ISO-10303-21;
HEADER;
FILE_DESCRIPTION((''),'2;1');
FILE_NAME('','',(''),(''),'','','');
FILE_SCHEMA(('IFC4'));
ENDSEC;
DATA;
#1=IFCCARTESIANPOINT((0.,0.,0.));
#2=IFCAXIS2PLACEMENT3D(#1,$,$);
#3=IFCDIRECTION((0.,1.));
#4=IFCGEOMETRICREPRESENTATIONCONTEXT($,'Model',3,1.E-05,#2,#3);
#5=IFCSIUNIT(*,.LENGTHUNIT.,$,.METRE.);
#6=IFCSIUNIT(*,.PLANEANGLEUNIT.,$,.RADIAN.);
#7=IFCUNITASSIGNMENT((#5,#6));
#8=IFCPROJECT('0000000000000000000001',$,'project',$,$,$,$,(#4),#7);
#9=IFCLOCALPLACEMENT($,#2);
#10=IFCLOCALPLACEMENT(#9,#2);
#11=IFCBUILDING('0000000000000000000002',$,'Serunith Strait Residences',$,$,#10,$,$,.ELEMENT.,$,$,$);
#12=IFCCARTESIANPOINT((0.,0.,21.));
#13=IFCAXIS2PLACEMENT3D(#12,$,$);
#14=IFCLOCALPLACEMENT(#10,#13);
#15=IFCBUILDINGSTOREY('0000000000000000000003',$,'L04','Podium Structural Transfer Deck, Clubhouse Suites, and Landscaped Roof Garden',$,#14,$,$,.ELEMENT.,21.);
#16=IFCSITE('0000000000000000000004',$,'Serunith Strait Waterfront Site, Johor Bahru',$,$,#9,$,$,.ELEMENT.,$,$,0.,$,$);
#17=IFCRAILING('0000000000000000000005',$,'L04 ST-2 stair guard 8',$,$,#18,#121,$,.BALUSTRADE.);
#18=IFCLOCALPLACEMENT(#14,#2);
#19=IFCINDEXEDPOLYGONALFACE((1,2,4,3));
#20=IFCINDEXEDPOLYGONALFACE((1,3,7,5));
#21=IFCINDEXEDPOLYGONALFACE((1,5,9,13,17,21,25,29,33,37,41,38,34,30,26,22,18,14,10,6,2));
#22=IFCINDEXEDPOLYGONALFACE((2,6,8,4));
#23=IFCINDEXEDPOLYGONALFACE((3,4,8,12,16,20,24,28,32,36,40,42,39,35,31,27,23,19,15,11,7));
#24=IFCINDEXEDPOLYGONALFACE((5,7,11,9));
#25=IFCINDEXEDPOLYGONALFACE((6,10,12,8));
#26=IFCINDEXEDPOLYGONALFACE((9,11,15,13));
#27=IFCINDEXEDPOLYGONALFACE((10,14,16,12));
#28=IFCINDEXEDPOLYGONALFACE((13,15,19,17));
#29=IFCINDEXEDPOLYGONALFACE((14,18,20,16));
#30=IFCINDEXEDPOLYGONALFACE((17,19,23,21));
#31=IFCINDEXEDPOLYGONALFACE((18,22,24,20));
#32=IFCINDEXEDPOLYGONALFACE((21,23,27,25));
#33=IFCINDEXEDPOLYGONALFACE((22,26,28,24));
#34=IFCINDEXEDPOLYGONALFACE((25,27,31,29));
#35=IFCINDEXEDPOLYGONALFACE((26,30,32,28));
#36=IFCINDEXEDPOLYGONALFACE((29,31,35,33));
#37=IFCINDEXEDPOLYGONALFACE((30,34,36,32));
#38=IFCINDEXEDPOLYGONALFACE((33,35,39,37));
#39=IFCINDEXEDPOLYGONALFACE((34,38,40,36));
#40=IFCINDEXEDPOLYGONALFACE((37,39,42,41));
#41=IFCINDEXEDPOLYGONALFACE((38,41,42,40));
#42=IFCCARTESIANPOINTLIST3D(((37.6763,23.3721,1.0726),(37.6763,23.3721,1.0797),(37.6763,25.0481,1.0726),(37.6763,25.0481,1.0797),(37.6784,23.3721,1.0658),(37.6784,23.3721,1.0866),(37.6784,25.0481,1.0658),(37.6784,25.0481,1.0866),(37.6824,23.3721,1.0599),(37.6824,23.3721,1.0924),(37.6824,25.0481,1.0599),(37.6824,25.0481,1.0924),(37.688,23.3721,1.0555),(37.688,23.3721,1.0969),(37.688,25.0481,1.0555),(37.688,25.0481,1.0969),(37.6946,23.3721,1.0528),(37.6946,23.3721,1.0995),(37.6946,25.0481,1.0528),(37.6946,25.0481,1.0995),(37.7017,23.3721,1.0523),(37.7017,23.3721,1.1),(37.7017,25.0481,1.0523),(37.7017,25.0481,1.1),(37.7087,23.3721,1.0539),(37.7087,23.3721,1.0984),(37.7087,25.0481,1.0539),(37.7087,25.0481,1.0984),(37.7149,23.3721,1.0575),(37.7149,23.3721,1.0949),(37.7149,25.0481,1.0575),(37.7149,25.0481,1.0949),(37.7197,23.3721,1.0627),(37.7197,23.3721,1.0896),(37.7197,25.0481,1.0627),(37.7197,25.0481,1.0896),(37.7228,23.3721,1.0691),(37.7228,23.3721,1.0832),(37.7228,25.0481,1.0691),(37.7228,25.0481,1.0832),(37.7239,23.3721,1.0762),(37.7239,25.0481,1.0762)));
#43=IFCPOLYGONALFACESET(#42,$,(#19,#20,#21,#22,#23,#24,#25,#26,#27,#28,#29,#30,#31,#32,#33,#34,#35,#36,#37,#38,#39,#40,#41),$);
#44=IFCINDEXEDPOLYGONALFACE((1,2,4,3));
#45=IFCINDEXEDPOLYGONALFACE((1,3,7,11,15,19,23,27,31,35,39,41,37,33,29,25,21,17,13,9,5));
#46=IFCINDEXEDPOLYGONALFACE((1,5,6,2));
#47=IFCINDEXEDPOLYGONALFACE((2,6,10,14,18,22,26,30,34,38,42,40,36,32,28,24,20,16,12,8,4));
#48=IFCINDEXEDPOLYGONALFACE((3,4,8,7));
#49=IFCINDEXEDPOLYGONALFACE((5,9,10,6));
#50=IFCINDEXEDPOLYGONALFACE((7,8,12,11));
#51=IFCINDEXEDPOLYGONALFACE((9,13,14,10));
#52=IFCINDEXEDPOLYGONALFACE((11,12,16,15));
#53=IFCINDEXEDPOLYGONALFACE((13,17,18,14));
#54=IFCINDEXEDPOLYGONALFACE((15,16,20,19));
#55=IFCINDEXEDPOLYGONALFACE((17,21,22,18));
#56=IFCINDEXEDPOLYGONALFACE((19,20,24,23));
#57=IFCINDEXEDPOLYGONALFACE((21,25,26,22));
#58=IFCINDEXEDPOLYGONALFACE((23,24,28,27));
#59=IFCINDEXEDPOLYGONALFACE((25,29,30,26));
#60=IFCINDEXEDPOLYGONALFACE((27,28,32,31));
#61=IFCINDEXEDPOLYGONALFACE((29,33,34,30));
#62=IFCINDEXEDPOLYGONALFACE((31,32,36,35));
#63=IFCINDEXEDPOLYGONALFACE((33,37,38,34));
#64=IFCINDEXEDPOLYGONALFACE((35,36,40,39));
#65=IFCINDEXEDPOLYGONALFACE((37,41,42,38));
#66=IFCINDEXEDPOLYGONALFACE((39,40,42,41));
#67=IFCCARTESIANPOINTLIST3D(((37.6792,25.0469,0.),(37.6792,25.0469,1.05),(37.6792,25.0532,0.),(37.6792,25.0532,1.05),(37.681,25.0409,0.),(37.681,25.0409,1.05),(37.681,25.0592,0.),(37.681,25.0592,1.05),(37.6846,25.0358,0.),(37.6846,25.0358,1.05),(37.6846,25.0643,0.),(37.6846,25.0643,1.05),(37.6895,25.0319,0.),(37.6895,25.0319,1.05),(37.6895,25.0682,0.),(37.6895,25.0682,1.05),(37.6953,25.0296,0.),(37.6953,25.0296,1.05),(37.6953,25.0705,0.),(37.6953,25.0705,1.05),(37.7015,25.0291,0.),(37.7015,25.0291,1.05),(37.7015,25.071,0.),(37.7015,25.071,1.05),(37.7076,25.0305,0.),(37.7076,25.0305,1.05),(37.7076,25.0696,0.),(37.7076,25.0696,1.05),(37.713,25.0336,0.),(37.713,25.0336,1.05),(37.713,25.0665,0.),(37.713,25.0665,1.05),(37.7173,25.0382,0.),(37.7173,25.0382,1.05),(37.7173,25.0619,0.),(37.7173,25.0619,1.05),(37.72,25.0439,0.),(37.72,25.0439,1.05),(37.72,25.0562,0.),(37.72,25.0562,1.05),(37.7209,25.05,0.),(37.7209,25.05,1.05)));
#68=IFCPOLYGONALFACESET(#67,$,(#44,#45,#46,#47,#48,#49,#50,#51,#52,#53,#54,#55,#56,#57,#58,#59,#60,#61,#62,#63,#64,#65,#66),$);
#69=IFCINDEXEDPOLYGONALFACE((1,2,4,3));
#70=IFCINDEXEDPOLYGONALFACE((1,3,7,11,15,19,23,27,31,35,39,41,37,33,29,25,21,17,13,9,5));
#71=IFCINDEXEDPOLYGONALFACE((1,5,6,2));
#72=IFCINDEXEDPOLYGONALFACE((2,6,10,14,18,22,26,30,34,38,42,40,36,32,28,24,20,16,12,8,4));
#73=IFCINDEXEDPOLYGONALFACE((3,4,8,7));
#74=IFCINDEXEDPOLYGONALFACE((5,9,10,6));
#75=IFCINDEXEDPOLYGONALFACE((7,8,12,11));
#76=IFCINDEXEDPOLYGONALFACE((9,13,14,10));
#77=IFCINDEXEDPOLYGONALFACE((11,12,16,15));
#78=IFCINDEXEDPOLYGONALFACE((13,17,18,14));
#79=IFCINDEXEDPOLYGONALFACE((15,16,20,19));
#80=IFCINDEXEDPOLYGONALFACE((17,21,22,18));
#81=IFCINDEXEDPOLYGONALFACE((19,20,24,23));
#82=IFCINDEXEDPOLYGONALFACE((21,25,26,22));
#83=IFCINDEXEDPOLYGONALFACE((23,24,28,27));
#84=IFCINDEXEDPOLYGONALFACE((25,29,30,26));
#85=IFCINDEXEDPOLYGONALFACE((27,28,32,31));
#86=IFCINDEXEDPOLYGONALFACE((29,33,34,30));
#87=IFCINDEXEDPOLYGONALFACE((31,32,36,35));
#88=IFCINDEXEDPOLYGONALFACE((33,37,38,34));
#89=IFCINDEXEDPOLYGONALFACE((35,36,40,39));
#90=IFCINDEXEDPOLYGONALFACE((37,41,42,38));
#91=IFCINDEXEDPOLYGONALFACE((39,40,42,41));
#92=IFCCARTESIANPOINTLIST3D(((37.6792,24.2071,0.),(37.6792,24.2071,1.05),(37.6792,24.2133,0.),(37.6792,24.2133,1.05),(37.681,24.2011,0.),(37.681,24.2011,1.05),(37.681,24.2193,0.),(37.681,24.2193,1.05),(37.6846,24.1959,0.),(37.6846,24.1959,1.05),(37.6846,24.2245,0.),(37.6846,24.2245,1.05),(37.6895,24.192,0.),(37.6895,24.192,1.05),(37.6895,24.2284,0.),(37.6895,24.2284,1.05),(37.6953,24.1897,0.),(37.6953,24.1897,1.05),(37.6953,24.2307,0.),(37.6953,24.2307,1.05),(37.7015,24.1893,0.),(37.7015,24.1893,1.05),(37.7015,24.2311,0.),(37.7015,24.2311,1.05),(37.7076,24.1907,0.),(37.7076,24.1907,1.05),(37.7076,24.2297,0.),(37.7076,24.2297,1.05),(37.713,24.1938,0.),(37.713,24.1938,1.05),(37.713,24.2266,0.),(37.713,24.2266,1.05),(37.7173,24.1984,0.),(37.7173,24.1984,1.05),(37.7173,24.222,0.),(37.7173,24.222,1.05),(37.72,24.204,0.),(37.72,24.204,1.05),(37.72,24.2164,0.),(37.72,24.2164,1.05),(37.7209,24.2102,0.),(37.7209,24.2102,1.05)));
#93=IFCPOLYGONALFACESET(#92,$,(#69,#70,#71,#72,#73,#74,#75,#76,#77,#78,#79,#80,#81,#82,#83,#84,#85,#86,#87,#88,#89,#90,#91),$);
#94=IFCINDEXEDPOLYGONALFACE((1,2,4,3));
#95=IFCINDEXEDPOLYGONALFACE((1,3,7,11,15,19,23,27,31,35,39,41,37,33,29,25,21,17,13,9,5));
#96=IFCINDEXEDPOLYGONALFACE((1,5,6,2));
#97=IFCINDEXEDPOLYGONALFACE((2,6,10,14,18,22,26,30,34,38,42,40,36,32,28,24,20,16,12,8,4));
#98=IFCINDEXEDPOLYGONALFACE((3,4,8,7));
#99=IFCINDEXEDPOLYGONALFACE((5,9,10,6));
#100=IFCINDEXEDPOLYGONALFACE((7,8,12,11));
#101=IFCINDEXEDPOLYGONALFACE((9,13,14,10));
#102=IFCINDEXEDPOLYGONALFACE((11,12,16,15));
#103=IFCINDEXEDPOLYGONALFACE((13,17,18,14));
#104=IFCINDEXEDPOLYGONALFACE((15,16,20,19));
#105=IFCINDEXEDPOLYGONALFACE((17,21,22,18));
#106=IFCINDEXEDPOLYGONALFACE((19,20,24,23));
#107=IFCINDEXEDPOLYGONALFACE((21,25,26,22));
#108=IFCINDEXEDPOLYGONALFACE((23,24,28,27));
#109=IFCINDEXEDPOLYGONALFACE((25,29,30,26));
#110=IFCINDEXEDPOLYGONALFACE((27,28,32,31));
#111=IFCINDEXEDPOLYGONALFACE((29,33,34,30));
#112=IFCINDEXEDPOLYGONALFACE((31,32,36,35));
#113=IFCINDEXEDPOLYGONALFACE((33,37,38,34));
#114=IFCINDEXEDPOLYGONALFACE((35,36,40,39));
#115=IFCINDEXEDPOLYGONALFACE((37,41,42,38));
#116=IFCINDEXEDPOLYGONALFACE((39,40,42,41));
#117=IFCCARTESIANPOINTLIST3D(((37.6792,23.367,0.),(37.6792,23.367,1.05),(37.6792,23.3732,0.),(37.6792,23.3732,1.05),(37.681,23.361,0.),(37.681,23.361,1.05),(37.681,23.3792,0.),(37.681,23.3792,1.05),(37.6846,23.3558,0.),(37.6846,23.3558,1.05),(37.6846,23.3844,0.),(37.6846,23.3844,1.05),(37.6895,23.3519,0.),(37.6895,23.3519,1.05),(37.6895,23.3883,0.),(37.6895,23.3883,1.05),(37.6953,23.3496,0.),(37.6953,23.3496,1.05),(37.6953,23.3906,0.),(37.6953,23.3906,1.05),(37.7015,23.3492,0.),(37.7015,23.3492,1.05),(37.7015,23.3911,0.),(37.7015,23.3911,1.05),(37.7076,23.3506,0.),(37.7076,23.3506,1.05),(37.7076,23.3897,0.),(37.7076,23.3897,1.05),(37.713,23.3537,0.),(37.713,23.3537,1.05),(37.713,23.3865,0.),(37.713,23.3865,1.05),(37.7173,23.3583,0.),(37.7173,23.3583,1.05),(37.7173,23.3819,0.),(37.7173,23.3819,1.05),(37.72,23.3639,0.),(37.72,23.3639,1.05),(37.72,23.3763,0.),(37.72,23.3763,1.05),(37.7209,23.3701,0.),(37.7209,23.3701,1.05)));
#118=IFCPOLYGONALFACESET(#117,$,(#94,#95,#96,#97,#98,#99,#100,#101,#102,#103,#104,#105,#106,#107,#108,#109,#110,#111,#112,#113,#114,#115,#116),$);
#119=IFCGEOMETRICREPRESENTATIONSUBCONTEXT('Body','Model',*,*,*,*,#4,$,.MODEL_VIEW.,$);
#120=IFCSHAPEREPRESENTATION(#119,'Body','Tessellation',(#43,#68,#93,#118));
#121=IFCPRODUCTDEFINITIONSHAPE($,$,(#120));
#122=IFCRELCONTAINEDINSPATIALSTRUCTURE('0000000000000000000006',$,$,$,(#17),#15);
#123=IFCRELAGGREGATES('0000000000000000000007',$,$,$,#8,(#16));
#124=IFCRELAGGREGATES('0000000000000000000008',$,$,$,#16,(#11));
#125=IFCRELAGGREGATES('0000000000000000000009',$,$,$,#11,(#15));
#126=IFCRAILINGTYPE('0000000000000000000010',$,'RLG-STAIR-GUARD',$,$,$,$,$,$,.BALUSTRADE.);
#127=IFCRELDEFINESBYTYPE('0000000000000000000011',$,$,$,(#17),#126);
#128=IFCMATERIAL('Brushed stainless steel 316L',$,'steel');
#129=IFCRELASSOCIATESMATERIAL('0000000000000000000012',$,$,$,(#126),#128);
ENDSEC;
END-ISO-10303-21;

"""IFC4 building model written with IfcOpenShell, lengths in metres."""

from ifc_helpers import new_model, si_unit, direction, frame, origin, origin_2d, place, context, subcontext, project, spatial, circle, extrude, material, type_object, element, save


model = new_model("IFC4")

# Units and contexts
model_context = context("Model", 3, precision=1e-05, world=origin(), true_north=direction((0.0, 1.0)))
body_context = subcontext(model_context, "Body", "Model", "MODEL_VIEW")
ifc_project = project(units=[si_unit("LENGTHUNIT", "METRE"), si_unit("PLANEANGLEUNIT", "RADIAN")], contexts=[model_context])

# Site, building, storey
site_placement = place(None, origin())
site = spatial("IfcSite", under=ifc_project, at=site_placement, Name="Serunith Strait Waterfront Site, Johor Bahru", CompositionType="ELEMENT", RefElevation=0.0)
building_placement = place(site_placement, origin())
building = spatial("IfcBuilding", under=site, at=building_placement, Name="Serunith Strait Residences", CompositionType="ELEMENT")
storey_placement = place(building_placement, frame((0.0, 0.0, 21.0)))
storey = spatial("IfcBuildingStorey", under=building, at=storey_placement, Name="L04", Description="Podium Structural Transfer Deck, Clubhouse Suites, and Landscaped Roof Garden", CompositionType="ELEMENT", Elevation=21.0)

# Railing
ifc_material_1 = material(Name="Brushed stainless steel 316L", Category="steel")
railing_type_1 = type_object("IfcRailingType", Name="RLG-STAIR-GUARD", PredefinedType="BALUSTRADE", material=ifc_material_1)
railing_1_placement = place(storey_placement, frame((37.7, 25.05, 0.0)))
element("IfcRailing", 1, at=railing_1_placement, inside=storey, type_object=railing_type_1, Name="L04 ST-2 stair guard 8", PredefinedType="BALUSTRADE", context=body_context, shape_type="SweptSolid", body=[
    extrude(circle(Radius=0.0239, at=origin_2d()), frame((0.0, -0.002, 1.0762), z_axis=(0.0, -1.0, 0.0), x_axis=(1.0, 0.0, 0.0)), (0.0, 0.0, 1.0), 1.676),
    extrude(circle(Radius=0.021, at=origin_2d()), origin(), (0.0, 0.0, 1.0), 1.05),
    extrude(circle(Radius=0.021, at=origin_2d()), frame((0.0, -0.8398, 0.0)), (0.0, 0.0, 1.0), 1.05),
    extrude(circle(Radius=0.021, at=origin_2d()), frame((0.0, -1.6799, 0.0)), (0.0, 0.0, 1.0), 1.05),
])

save(model, "model.ifc")
